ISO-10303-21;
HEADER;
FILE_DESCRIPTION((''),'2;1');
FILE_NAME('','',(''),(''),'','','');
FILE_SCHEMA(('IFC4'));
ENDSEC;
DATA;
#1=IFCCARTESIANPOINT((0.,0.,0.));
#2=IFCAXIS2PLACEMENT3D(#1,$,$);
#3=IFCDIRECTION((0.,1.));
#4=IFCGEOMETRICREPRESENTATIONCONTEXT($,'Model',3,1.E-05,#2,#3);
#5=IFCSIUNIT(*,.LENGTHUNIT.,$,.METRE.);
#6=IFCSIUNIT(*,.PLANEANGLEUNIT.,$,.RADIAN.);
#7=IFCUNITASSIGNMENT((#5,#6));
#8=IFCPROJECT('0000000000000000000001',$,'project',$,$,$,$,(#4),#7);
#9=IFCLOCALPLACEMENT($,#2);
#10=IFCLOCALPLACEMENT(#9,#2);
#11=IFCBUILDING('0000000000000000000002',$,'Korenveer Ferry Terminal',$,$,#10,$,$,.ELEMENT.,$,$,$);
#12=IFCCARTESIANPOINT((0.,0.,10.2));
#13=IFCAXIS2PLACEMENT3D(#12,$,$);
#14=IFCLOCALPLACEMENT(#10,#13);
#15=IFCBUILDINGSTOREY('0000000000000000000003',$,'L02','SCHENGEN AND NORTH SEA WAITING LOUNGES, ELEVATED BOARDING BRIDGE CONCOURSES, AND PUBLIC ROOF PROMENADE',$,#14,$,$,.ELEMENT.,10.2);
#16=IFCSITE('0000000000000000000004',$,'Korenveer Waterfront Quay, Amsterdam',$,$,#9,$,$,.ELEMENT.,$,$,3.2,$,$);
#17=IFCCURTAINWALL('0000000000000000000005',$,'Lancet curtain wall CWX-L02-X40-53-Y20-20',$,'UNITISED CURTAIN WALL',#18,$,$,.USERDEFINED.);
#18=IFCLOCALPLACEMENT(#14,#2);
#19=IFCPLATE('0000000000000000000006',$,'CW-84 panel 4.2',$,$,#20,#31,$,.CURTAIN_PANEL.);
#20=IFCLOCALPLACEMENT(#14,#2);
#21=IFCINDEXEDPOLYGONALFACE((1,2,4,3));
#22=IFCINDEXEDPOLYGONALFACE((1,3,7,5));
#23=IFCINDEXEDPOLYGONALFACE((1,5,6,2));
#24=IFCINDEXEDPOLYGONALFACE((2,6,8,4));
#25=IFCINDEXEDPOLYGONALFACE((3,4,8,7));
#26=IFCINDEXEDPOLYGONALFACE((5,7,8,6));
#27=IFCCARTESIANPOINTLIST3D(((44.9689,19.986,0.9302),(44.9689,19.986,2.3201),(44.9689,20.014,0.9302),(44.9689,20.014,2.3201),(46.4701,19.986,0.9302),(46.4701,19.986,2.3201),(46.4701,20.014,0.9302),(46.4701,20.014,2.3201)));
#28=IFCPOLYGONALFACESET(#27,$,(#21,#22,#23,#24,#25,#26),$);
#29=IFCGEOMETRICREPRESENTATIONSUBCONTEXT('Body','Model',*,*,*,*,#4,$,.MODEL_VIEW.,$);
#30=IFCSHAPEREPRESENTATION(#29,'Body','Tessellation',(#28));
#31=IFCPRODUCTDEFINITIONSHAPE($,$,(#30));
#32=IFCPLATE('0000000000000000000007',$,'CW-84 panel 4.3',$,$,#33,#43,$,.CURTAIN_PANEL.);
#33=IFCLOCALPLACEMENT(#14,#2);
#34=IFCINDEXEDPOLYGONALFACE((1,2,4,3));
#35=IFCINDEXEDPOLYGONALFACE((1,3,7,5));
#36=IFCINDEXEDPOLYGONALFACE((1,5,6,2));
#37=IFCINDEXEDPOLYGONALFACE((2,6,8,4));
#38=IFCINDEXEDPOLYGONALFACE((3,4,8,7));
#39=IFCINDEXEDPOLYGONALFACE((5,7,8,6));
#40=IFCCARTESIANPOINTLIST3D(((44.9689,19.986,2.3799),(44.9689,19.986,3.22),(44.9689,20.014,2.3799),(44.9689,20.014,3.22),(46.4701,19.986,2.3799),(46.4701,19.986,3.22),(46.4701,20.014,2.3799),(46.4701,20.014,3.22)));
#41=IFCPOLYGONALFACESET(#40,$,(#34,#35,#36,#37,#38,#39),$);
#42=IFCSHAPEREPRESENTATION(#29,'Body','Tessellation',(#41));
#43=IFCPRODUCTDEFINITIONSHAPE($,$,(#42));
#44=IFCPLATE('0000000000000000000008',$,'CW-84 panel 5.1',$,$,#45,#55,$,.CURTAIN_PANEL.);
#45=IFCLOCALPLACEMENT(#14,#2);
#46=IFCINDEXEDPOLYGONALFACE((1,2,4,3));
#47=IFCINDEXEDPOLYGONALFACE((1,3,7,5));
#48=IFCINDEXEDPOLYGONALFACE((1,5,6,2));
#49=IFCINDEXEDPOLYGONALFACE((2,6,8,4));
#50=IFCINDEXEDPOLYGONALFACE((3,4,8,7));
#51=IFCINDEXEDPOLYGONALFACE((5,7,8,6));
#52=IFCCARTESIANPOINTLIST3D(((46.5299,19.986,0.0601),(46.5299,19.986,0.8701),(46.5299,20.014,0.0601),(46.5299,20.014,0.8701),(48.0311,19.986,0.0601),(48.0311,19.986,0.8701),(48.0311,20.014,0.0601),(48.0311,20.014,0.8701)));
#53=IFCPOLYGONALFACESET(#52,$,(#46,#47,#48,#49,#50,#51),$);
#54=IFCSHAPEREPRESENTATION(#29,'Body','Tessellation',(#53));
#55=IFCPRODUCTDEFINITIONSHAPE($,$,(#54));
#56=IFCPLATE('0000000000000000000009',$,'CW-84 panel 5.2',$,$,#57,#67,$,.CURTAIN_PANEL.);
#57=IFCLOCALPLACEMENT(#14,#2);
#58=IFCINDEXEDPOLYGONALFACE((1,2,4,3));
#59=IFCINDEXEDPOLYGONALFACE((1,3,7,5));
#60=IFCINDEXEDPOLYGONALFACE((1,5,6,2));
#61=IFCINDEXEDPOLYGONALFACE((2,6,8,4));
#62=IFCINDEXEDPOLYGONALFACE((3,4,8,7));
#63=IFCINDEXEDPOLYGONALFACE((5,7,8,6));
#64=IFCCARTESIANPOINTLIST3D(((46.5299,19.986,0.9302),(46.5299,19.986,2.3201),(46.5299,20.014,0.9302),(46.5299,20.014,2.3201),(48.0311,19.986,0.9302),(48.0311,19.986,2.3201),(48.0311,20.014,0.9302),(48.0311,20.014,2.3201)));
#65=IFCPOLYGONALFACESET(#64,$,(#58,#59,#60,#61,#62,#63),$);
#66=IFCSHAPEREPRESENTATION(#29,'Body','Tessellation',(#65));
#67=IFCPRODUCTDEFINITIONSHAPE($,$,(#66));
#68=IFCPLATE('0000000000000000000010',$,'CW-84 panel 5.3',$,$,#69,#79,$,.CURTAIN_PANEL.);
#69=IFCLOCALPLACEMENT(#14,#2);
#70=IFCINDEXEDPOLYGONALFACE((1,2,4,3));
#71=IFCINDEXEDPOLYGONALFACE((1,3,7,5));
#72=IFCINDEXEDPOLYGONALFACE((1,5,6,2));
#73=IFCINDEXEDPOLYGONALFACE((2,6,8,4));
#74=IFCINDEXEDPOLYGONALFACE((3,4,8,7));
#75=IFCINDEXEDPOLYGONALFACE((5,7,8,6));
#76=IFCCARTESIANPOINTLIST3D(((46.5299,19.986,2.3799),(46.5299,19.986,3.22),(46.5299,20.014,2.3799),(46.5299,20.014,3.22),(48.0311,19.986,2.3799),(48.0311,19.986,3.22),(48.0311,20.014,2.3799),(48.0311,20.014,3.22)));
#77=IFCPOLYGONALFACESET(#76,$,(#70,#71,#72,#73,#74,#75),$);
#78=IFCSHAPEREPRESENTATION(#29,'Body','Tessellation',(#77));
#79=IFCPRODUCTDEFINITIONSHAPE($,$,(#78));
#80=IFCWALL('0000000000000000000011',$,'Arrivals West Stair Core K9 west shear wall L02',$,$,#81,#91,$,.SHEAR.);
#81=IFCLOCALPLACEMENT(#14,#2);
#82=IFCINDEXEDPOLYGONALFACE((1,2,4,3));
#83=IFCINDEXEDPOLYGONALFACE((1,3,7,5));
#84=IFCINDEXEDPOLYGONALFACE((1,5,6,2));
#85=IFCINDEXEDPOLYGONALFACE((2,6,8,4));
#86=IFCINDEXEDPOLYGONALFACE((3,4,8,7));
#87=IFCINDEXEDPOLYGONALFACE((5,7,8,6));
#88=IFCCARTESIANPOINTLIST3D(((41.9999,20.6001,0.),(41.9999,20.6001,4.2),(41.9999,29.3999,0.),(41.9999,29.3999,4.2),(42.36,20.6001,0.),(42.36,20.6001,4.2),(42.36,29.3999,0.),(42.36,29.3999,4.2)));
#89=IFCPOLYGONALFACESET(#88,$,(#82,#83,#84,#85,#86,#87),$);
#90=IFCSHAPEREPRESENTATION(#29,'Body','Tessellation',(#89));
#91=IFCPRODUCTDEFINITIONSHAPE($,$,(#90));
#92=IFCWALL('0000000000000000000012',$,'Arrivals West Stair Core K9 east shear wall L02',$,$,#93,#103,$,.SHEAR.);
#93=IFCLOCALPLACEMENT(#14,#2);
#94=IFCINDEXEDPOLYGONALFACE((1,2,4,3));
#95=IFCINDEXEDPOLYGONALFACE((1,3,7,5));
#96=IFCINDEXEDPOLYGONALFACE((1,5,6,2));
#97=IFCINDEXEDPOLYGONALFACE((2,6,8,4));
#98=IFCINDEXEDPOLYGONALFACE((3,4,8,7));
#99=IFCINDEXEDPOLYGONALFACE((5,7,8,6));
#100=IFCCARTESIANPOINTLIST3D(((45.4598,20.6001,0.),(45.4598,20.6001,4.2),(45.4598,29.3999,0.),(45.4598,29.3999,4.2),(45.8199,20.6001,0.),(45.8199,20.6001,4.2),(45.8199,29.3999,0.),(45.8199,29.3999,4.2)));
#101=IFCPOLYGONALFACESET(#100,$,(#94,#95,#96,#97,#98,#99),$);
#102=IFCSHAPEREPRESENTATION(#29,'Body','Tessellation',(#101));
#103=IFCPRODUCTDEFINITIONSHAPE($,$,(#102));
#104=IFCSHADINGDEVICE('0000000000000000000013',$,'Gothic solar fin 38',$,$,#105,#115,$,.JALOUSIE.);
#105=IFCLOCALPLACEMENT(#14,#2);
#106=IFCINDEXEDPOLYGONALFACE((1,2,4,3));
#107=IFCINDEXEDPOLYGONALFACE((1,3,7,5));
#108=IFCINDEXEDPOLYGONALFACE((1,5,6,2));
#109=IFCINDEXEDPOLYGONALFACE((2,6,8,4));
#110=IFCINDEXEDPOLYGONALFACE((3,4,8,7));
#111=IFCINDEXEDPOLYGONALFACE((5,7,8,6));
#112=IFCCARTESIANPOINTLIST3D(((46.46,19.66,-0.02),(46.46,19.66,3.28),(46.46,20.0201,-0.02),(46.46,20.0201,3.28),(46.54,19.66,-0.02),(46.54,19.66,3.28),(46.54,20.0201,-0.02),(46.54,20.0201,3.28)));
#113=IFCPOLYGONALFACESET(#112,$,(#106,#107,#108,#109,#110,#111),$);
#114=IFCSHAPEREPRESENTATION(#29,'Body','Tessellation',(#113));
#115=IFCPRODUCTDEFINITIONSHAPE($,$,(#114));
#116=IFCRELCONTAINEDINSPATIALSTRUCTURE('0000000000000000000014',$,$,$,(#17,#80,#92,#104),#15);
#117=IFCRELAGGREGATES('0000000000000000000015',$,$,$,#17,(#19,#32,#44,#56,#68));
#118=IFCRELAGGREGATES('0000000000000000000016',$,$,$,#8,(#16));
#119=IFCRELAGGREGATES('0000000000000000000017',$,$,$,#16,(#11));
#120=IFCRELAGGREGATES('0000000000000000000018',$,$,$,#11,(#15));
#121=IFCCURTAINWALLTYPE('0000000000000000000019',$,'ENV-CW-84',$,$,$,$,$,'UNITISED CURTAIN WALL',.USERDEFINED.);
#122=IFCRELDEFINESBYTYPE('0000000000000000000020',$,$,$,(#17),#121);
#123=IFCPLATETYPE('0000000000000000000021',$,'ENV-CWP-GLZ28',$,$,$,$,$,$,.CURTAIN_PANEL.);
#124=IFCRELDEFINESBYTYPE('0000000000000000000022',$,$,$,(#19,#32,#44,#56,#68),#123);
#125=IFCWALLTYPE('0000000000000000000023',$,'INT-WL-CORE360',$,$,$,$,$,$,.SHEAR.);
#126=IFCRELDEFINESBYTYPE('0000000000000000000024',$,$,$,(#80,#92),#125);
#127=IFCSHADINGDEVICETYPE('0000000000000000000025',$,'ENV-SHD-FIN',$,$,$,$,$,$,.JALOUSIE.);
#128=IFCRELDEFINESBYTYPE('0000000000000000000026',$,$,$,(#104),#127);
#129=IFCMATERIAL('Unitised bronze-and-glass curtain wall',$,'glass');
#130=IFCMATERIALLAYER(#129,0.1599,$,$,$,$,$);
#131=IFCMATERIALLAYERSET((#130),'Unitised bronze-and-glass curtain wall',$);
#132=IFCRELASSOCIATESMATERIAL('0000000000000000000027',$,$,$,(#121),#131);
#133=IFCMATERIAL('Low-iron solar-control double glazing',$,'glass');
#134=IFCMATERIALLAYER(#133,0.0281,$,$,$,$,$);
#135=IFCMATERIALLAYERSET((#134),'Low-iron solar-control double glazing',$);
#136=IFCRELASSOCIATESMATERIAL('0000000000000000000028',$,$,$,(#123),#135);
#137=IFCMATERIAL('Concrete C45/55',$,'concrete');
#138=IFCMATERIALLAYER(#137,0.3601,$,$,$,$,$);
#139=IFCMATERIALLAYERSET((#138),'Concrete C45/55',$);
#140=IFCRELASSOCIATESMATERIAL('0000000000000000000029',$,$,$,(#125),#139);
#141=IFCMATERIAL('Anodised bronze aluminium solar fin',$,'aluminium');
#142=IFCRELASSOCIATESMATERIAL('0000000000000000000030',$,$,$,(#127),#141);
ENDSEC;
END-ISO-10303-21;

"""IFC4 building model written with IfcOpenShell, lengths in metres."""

from ifc_helpers import new_model, si_unit, direction, frame, frame_2d, origin, origin_2d, place, context, subcontext, project, spatial, rectangle, extrude, material, layer, layer_set, type_object, element, aggregate, save


model = new_model("IFC4")

# Units and contexts
model_context = context("Model", 3, precision=1e-05, world=origin(), true_north=direction((0.0, 1.0)))
body_context = subcontext(model_context, "Body", "Model", "MODEL_VIEW")
ifc_project = project(units=[si_unit("LENGTHUNIT", "METRE"), si_unit("PLANEANGLEUNIT", "RADIAN")], contexts=[model_context])

# Site, building, storey
site_placement = place(None, origin())
site = spatial("IfcSite", under=ifc_project, at=site_placement, Name="Korenveer Waterfront Quay, Amsterdam", CompositionType="ELEMENT", RefElevation=3.2)
building_placement = place(site_placement, origin())
building = spatial("IfcBuilding", under=site, at=building_placement, Name="Korenveer Ferry Terminal", CompositionType="ELEMENT")
storey_placement = place(building_placement, frame((0.0, 0.0, 10.2)))
storey = spatial("IfcBuildingStorey", under=building, at=storey_placement, Name="L02", Description="SCHENGEN AND NORTH SEA WAITING LOUNGES, ELEVATED BOARDING BRIDGE CONCOURSES, AND PUBLIC ROOF PROMENADE", CompositionType="ELEMENT", Elevation=10.2)

# Curtain wall
ifc_material_1 = material(Name="Unitised bronze-and-glass curtain wall", Category="glass")
ifc_layer_1 = layer(ifc_material_1, 0.1599)
ifc_layer_set_1 = layer_set([ifc_layer_1], Name="Unitised bronze-and-glass curtain wall")
curtain_wall_type = type_object("IfcCurtainWallType", Name="ENV-CW-84", ElementType="UNITISED CURTAIN WALL", PredefinedType="USERDEFINED", material=ifc_layer_set_1)
curtain_wall_placement = place(storey_placement, frame((40.2549, 20.0, 0.0)))
curtain_wall = element("IfcCurtainWall", 1, at=curtain_wall_placement, inside=storey, type_object=curtain_wall_type, Name="Lancet curtain wall CWX-L02-X40-53-Y20-20", ObjectType="UNITISED CURTAIN WALL", PredefinedType="USERDEFINED")

# Plates
ifc_material_2 = material(Name="Low-iron solar-control double glazing", Category="glass")
ifc_layer_2 = layer(ifc_material_2, 0.0281)
ifc_layer_set_2 = layer_set([ifc_layer_2], Name="Low-iron solar-control double glazing")
plate_type = type_object("IfcPlateType", Name="ENV-CWP-GLZ28", PredefinedType="CURTAIN_PANEL", material=ifc_layer_set_2)
plate_1_placement = place(storey_placement, frame((45.7195, 20.0, 0.9302), z_axis=(0.0, 0.0, 1.0), x_axis=(1.0, 0.0, 0.0)))
plate_1 = element("IfcPlate", 2, at=plate_1_placement, type_object=plate_type, Name="CW-84 panel 4.2", PredefinedType="CURTAIN_PANEL", context=body_context, shape_type="SweptSolid", body=[
    extrude(rectangle(XDim=1.5012, YDim=0.0281, at=origin_2d()), origin(), (0.0, 0.0, 1.0), 1.3899),
])
plate_2_placement = place(storey_placement, frame((45.7195, 20.0, 2.3799), z_axis=(0.0, 0.0, 1.0), x_axis=(1.0, 0.0, 0.0)))
plate_2 = element("IfcPlate", 3, at=plate_2_placement, type_object=plate_type, Name="CW-84 panel 4.3", PredefinedType="CURTAIN_PANEL", context=body_context, shape_type="SweptSolid", body=[
    extrude(rectangle(XDim=1.5012, YDim=0.0281, at=origin_2d()), origin(), (0.0, 0.0, 1.0), 0.8401),
])
plate_3_placement = place(storey_placement, frame((47.2805, 20.0, 0.0601), z_axis=(0.0, 0.0, 1.0), x_axis=(1.0, 0.0, 0.0)))
plate_3 = element("IfcPlate", 4, at=plate_3_placement, type_object=plate_type, Name="CW-84 panel 5.1", PredefinedType="CURTAIN_PANEL", context=body_context, shape_type="SweptSolid", body=[
    extrude(rectangle(XDim=1.5012, YDim=0.0281, at=origin_2d()), origin(), (0.0, 0.0, 1.0), 0.8101),
])
plate_4_placement = place(storey_placement, frame((47.2805, 20.0, 0.9302), z_axis=(0.0, 0.0, 1.0), x_axis=(1.0, 0.0, 0.0)))
plate_4 = element("IfcPlate", 5, at=plate_4_placement, type_object=plate_type, Name="CW-84 panel 5.2", PredefinedType="CURTAIN_PANEL", context=body_context, shape_type="SweptSolid", body=[
    extrude(rectangle(XDim=1.5012, YDim=0.0281, at=origin_2d()), origin(), (0.0, 0.0, 1.0), 1.3899),
])
plate_5_placement = place(storey_placement, frame((47.2805, 20.0, 2.3799), z_axis=(0.0, 0.0, 1.0), x_axis=(1.0, 0.0, 0.0)))
plate_5 = element("IfcPlate", 6, at=plate_5_placement, type_object=plate_type, Name="CW-84 panel 5.3", PredefinedType="CURTAIN_PANEL", context=body_context, shape_type="SweptSolid", body=[
    extrude(rectangle(XDim=1.5012, YDim=0.0281, at=origin_2d()), origin(), (0.0, 0.0, 1.0), 0.8401),
])
aggregate(curtain_wall, [plate_1, plate_2, plate_3, plate_4, plate_5])

# Walls
ifc_material_3 = material(Name="Concrete C45/55", Category="concrete")
ifc_layer_3 = layer(ifc_material_3, 0.3601)
ifc_layer_set_3 = layer_set([ifc_layer_3], Name="Concrete C45/55")
wall_type = type_object("IfcWallType", Name="INT-WL-CORE360", PredefinedType="SHEAR", material=ifc_layer_set_3)
for number, where, z_axis, x_axis, name in (
    (7, (42.1799, 20.6001, 0.0), (0.0, 0.0, 1.0), (0.0, 1.0, 0.0), "Arrivals West Stair Core K9 west shear wall L02"),
    (8, (45.6399, 20.6001, 0.0), (0.0, 0.0, 1.0), (0.0, 1.0, 0.0), "Arrivals West Stair Core K9 east shear wall L02"),
):
    element("IfcWall", number, at=place(storey_placement, frame(where, z_axis=z_axis, x_axis=x_axis)), inside=storey, type_object=wall_type, Name=name, PredefinedType="SHEAR", context=body_context, shape_type="SweptSolid", body=[
        extrude(rectangle(XDim=8.7998, YDim=0.3601, at=frame_2d((4.3999, 0.0))), origin(), (0.0, 0.0, 1.0), 4.2),
    ])

# Shading device
ifc_material_4 = material(Name="Anodised bronze aluminium solar fin", Category="aluminium")
shading_device_type = type_object("IfcShadingDeviceType", Name="ENV-SHD-FIN", PredefinedType="JALOUSIE", material=ifc_material_4)
shading_device_placement = place(storey_placement, frame((46.5, 19.8401, -0.02), z_axis=(0.0, 0.0, 1.0), x_axis=(0.0, 1.0, 0.0)))
element("IfcShadingDevice", 9, at=shading_device_placement, inside=storey, type_object=shading_device_type, Name="Gothic solar fin 38", PredefinedType="JALOUSIE", context=body_context, shape_type="SweptSolid", body=[
    extrude(rectangle(XDim=0.3601, YDim=0.0801, at=origin_2d()), origin(), (0.0, 0.0, 1.0), 3.3),
])

save(model, "model.ifc")
